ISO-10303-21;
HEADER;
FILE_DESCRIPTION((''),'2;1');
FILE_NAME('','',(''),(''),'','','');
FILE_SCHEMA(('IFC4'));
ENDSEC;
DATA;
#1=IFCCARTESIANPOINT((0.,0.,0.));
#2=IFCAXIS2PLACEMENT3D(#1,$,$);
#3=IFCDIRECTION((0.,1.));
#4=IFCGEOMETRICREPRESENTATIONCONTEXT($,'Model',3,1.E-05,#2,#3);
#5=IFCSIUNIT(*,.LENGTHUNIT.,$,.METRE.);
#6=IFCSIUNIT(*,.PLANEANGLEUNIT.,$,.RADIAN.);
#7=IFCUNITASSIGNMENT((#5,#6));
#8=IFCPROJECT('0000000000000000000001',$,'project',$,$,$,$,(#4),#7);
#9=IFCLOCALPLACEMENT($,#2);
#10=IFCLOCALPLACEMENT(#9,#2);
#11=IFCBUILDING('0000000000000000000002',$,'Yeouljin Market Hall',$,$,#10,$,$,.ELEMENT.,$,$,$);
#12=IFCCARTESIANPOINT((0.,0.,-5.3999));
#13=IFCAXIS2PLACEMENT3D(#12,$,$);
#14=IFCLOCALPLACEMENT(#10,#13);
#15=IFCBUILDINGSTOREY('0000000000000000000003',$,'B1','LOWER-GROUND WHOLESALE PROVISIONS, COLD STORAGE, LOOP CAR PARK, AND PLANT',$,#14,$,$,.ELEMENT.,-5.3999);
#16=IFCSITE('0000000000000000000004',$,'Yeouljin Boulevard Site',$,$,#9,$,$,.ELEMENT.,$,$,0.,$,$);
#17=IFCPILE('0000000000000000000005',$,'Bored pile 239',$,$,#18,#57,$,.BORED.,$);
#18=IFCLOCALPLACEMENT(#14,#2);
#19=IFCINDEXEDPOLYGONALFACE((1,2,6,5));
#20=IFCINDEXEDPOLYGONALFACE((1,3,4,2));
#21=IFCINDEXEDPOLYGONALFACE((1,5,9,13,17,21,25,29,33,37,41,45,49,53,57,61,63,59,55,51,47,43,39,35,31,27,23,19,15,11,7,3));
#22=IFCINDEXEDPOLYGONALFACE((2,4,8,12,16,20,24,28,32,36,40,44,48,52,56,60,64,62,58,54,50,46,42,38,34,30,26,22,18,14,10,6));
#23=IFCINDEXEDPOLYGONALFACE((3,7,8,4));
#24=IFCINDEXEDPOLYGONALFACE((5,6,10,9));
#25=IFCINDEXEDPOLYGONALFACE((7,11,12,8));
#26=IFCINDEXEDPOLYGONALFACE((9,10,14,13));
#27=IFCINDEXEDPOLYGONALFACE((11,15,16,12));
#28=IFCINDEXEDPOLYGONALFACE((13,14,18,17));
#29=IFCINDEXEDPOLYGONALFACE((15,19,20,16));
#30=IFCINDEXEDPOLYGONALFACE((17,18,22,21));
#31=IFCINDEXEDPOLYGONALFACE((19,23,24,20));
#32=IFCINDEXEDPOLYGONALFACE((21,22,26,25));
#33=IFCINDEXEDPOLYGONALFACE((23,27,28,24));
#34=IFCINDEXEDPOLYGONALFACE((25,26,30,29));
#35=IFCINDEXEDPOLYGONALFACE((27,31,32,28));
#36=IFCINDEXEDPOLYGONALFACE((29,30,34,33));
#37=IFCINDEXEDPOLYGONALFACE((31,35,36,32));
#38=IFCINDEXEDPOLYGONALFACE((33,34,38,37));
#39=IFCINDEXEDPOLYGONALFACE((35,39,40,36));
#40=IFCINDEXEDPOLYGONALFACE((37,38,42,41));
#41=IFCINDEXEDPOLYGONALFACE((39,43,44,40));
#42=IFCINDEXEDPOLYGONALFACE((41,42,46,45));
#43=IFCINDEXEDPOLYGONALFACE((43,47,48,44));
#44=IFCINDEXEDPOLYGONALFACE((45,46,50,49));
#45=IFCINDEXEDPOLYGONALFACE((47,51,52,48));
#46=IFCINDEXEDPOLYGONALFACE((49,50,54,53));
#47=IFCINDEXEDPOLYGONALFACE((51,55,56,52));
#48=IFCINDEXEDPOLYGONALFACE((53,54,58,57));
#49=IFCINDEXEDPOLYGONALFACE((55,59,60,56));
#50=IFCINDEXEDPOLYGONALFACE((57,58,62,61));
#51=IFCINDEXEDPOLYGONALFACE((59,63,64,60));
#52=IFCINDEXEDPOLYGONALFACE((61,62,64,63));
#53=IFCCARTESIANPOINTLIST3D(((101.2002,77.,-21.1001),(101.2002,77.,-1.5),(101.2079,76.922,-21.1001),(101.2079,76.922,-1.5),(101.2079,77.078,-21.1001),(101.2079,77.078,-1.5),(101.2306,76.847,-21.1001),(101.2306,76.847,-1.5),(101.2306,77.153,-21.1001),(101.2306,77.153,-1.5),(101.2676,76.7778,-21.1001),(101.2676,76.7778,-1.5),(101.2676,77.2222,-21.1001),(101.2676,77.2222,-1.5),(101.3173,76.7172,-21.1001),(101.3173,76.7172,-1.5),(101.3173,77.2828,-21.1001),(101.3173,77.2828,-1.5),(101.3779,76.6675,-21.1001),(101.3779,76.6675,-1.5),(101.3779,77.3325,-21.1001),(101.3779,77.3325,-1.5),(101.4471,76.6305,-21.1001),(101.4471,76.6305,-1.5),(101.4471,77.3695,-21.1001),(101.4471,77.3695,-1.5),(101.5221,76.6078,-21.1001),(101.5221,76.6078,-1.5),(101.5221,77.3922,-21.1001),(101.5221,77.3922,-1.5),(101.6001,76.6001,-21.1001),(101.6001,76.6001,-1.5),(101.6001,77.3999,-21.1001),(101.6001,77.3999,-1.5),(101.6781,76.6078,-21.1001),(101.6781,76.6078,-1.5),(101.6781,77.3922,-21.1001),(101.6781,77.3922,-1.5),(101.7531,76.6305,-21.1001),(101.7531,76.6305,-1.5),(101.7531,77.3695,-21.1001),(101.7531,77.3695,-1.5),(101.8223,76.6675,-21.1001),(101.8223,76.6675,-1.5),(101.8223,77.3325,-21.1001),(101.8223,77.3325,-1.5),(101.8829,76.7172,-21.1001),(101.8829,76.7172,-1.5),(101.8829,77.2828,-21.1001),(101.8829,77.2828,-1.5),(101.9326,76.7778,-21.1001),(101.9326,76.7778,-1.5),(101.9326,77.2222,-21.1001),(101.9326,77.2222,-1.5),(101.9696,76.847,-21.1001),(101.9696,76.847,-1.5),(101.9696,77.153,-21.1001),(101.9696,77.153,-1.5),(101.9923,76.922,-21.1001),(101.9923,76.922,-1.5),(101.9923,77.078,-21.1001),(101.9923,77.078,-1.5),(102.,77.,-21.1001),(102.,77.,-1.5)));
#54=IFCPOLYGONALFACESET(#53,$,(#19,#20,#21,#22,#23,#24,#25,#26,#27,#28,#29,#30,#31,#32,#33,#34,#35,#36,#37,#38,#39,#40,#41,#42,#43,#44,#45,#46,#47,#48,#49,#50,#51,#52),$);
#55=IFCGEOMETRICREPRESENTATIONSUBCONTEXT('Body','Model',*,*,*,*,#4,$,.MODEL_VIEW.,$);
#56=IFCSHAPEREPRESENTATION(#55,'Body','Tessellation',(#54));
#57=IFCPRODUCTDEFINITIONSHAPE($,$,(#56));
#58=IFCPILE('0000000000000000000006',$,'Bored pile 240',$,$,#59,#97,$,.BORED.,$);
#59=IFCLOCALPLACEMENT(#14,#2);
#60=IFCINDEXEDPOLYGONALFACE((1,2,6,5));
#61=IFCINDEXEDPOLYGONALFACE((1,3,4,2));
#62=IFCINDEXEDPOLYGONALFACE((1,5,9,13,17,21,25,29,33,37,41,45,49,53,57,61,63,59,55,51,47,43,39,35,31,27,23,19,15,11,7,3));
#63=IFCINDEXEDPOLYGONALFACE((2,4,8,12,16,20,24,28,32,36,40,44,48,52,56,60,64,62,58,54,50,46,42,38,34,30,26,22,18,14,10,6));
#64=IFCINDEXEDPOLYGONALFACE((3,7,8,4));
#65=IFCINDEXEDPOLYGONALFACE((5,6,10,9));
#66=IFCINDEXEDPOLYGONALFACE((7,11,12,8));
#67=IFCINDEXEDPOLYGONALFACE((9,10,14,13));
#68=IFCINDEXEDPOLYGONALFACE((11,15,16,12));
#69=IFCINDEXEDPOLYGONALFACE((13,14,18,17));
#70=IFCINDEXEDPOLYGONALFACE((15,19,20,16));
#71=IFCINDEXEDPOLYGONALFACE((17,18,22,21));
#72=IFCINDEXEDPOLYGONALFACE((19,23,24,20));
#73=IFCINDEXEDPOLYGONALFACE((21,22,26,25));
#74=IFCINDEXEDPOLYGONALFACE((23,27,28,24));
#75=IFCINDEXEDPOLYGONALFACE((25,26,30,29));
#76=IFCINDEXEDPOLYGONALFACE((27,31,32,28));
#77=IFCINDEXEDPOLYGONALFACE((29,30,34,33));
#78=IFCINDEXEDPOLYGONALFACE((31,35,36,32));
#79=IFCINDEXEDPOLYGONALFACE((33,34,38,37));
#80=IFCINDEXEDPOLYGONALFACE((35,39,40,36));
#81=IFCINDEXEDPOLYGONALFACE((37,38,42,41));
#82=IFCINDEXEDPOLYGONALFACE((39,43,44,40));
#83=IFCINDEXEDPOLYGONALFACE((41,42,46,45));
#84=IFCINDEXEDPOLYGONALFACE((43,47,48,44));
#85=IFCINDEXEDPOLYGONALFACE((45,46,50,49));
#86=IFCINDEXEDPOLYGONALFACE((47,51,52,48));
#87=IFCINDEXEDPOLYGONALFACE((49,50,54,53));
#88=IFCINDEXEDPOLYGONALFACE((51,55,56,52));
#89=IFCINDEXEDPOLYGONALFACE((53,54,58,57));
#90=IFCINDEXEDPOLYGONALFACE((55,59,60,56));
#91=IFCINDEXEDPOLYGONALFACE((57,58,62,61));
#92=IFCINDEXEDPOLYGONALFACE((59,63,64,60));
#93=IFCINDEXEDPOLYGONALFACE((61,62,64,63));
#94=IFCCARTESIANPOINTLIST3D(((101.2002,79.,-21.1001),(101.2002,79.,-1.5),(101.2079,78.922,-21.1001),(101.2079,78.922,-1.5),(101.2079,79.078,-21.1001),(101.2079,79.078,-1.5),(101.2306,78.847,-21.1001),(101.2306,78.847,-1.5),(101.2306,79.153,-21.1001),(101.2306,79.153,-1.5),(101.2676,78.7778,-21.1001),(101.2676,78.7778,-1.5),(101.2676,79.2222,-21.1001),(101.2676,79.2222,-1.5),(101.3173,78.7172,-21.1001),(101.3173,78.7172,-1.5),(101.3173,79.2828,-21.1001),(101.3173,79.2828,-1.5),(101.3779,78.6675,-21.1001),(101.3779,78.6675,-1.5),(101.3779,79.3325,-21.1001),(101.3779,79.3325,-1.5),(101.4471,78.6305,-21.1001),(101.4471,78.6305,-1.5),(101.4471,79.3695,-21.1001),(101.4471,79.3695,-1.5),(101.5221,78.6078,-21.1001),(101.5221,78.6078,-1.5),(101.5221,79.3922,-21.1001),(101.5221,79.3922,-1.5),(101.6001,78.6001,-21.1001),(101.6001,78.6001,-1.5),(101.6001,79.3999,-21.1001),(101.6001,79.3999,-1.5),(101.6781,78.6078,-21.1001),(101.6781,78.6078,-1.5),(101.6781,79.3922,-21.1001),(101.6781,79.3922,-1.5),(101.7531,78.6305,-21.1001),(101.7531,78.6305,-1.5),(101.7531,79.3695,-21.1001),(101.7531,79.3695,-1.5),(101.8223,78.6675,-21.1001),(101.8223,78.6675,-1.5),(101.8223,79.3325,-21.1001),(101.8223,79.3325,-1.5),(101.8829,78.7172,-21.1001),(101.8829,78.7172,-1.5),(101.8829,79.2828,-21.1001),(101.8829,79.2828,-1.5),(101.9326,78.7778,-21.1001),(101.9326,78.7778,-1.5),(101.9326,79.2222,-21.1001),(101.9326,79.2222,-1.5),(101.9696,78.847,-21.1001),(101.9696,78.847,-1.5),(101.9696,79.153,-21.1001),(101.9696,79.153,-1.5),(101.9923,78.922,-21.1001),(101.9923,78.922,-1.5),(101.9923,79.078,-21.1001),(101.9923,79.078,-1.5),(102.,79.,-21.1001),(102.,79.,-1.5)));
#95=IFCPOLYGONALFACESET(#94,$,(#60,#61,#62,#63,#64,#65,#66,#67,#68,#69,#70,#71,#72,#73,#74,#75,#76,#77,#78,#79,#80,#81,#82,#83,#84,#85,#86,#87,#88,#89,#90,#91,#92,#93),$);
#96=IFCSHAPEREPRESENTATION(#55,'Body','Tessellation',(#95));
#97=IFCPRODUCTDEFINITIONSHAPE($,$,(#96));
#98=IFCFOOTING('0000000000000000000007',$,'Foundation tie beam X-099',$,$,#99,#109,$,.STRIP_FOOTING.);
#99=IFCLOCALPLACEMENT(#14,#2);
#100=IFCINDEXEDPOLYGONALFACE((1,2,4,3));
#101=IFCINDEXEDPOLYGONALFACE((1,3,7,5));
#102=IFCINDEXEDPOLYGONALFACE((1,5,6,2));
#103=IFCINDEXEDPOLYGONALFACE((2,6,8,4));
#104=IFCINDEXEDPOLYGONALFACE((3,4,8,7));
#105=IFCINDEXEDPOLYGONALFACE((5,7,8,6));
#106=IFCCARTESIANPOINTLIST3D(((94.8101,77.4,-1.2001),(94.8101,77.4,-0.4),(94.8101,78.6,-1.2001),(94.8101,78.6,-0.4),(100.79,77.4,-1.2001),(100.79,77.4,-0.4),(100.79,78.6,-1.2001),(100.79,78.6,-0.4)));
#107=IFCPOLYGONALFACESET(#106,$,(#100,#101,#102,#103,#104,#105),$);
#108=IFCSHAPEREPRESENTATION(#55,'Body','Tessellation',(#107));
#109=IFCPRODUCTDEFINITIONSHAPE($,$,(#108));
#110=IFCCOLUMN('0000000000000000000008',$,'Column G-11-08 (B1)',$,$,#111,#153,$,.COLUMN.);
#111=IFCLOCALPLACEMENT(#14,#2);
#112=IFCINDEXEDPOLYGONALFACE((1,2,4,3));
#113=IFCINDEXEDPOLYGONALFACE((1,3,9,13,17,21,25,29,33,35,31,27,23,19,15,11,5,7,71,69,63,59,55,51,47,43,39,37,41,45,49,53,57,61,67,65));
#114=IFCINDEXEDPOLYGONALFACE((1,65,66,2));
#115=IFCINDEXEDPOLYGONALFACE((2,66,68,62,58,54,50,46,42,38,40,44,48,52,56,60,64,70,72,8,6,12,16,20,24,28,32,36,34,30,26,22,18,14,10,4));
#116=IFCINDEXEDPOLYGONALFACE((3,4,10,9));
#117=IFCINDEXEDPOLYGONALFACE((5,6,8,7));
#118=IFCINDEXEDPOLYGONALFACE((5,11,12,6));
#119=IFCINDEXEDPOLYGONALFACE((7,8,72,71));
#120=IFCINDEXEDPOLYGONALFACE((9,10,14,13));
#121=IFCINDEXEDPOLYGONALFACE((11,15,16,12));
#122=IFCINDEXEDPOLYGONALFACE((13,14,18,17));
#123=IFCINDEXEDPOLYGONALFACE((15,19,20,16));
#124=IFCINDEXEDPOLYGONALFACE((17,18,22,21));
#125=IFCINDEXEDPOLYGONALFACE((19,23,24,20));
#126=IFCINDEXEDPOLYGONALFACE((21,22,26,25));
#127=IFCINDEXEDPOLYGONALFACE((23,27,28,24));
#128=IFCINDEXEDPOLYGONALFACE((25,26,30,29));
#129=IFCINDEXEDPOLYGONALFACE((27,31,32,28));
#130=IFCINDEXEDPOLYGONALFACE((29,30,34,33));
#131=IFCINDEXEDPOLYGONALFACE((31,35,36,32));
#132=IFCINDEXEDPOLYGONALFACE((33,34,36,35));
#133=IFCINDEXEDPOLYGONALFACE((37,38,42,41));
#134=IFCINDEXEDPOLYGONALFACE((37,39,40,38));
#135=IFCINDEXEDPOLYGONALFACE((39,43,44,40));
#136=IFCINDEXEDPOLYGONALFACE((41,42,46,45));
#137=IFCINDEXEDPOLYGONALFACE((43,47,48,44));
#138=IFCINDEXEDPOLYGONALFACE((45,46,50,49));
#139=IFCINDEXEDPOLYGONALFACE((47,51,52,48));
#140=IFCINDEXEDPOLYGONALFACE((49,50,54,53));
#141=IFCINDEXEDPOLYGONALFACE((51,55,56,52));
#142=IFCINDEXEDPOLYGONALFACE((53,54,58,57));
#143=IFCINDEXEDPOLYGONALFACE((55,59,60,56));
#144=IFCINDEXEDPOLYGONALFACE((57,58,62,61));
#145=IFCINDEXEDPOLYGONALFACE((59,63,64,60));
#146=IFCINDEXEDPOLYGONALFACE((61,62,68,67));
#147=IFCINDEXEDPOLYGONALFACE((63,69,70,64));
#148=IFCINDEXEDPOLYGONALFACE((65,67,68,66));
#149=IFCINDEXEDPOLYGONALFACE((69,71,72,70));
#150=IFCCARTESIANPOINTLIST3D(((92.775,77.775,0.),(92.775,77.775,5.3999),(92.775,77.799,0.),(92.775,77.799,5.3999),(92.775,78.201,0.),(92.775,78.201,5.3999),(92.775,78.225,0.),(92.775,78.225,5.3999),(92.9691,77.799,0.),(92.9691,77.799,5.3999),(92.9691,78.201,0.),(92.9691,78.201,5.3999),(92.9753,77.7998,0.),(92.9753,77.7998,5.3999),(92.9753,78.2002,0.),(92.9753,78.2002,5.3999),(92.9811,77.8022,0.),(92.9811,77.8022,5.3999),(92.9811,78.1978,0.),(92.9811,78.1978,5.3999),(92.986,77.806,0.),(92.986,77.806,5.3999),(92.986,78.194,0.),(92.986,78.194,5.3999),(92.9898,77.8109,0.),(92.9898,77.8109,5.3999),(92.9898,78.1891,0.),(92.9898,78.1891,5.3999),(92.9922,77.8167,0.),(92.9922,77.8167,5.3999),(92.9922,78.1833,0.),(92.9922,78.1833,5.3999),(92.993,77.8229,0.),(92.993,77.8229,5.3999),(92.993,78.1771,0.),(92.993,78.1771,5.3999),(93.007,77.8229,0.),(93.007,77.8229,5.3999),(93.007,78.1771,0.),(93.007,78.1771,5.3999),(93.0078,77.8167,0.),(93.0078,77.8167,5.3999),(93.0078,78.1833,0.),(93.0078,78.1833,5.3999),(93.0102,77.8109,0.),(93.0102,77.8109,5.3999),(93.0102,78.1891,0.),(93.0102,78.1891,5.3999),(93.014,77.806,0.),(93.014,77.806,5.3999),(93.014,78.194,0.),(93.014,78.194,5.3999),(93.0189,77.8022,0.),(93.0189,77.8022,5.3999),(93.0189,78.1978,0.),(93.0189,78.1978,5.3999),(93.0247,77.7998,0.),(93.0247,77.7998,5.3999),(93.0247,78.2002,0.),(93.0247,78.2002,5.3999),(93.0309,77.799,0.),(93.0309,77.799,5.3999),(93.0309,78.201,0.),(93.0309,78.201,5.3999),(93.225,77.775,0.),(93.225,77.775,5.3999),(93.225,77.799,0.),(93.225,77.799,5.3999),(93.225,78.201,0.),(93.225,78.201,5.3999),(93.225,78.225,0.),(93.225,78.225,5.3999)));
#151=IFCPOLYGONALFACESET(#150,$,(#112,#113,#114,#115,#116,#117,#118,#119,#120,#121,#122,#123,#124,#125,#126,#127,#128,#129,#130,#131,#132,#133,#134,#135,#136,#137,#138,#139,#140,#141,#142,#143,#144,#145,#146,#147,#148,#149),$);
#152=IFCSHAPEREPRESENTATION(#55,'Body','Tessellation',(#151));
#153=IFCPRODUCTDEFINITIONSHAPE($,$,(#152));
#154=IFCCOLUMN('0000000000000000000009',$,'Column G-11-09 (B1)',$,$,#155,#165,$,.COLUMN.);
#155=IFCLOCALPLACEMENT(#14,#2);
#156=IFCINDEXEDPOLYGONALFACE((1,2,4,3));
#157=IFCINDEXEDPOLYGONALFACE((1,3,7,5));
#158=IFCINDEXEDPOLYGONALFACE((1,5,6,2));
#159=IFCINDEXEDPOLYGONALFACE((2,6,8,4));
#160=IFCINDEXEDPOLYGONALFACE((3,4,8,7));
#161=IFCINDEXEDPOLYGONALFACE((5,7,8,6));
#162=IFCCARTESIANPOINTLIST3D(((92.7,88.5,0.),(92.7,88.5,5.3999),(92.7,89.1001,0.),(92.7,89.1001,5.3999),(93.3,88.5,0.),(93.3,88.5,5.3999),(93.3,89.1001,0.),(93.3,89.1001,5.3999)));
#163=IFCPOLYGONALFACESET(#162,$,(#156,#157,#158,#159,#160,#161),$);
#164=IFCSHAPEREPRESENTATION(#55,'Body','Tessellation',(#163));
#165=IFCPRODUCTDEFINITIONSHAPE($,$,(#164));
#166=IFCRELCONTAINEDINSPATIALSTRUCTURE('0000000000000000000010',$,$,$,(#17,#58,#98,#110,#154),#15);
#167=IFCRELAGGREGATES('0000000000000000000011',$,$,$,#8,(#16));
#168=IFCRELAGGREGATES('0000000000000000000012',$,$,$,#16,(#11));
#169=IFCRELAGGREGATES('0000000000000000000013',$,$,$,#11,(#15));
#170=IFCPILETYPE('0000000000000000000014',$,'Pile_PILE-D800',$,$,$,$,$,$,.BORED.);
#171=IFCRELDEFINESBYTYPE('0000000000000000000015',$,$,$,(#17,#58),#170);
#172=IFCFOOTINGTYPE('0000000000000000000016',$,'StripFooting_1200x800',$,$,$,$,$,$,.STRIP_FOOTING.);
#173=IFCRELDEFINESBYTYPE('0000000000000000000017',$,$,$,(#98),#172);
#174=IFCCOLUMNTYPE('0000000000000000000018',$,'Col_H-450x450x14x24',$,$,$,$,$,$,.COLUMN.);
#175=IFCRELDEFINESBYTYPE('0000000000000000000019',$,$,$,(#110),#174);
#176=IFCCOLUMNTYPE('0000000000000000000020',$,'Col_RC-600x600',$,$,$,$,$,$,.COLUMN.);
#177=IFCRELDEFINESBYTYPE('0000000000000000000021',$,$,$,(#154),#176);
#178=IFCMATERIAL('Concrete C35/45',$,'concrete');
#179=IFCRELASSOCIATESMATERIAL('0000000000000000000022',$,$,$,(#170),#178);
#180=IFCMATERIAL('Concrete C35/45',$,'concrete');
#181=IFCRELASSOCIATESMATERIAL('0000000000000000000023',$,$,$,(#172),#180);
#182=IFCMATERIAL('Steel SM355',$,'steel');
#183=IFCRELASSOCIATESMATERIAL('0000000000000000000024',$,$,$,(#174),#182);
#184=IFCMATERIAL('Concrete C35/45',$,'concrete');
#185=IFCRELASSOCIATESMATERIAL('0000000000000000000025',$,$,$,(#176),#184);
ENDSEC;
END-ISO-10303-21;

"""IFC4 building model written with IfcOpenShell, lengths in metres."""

from ifc_helpers import new_model, si_unit, direction, frame, origin, origin_2d, place, context, subcontext, project, spatial, rectangle, circle, i_section, extrude, material, material_profile, profile_set, type_object, element, save


model = new_model("IFC4")

# Units and contexts
model_context = context("Model", 3, precision=1e-05, world=origin(), true_north=direction((0.0, 1.0)))
body_context = subcontext(model_context, "Body", "Model", "MODEL_VIEW")
ifc_project = project(units=[si_unit("LENGTHUNIT", "METRE"), si_unit("PLANEANGLEUNIT", "RADIAN")], contexts=[model_context])

# Site, building, storey
site_placement = place(None, origin())
site = spatial("IfcSite", under=ifc_project, at=site_placement, Name="Yeouljin Boulevard Site", CompositionType="ELEMENT", RefElevation=0.0)
building_placement = place(site_placement, origin())
building = spatial("IfcBuilding", under=site, at=building_placement, Name="Yeouljin Market Hall", CompositionType="ELEMENT")
storey_placement = place(building_placement, frame((0.0, 0.0, -5.3999)))
storey = spatial("IfcBuildingStorey", under=building, at=storey_placement, Name="B1", Description="LOWER-GROUND WHOLESALE PROVISIONS, COLD STORAGE, LOOP CAR PARK, AND PLANT", CompositionType="ELEMENT", Elevation=-5.3999)

# Piles
ifc_material_1 = material(Name="Concrete C35/45", Category="concrete")
ifc_material_profile_1 = material_profile(ifc_material_1, circle(Radius=0.3999, at=origin_2d()), Name="PILE-D800")
ifc_profile_set_1 = profile_set([ifc_material_profile_1], Name="Concrete C35/45")
pile_type = type_object("IfcPileType", Name="Pile_PILE-D800", PredefinedType="BORED", material=ifc_profile_set_1)
for number, where, z_axis, x_axis, name in (
    (1, (101.6001, 77.0, -1.5), (0.0, 0.0, -1.0), (1.0, 0.0, 0.0), "Bored pile 239"),
    (2, (101.6001, 79.0, -1.5), (0.0, 0.0, -1.0), (1.0, 0.0, 0.0), "Bored pile 240"),
):
    element("IfcPile", number, at=place(storey_placement, frame(where, z_axis=z_axis, x_axis=x_axis)), inside=storey, type_object=pile_type, Name=name, PredefinedType="BORED", context=body_context, shape_type="SweptSolid", body=[
        extrude(circle(Radius=0.3999, at=origin_2d()), origin(), (0.0, 0.0, 1.0), 19.6001),
    ])

# Footing
ifc_material_2 = material(Name="Concrete C35/45", Category="concrete")
ifc_material_profile_2 = material_profile(ifc_material_2, rectangle(XDim=1.2, YDim=0.8, at=origin_2d()), Name="SF-1200x800")
ifc_profile_set_2 = profile_set([ifc_material_profile_2], Name="Concrete C35/45")
footing_type_1 = type_object("IfcFootingType", Name="StripFooting_1200x800", PredefinedType="STRIP_FOOTING", material=ifc_profile_set_2)
footing_1_placement = place(storey_placement, frame((94.8101, 78.0, -0.8), z_axis=(1.0, 0.0, 0.0), x_axis=(0.0, 1.0, 0.0)))
element("IfcFooting", 3, at=footing_1_placement, inside=storey, type_object=footing_type_1, Name="Foundation tie beam X-099", PredefinedType="STRIP_FOOTING", context=body_context, shape_type="SweptSolid", body=[
    extrude(rectangle(XDim=1.2, YDim=0.8, at=origin_2d()), origin(), (0.0, 0.0, 1.0), 5.98),
])

# Columns
ifc_material_3 = material(Name="Steel SM355", Category="steel")
ifc_material_profile_3 = material_profile(ifc_material_3, i_section(OverallWidth=0.45, OverallDepth=0.45, WebThickness=0.0139, FlangeThickness=0.0239, FilletRadius=0.0239, at=origin_2d()), Name="H-450x450x14x24")
ifc_profile_set_3 = profile_set([ifc_material_profile_3], Name="Steel SM355")
column_type_1 = type_object("IfcColumnType", Name="Col_H-450x450x14x24", PredefinedType="COLUMN", material=ifc_profile_set_3)
column_1_placement = place(storey_placement, frame((93.0, 78.0, 0.0), z_axis=(0.0, 0.0, 1.0), x_axis=(1.0, 0.0, 0.0)))
element("IfcColumn", 4, at=column_1_placement, inside=storey, type_object=column_type_1, Name="Column G-11-08 (B1)", PredefinedType="COLUMN", context=body_context, shape_type="SweptSolid", body=[
    extrude(i_section(OverallWidth=0.45, OverallDepth=0.45, WebThickness=0.0139, FlangeThickness=0.0239, FilletRadius=0.0239, at=origin_2d()), origin(), (0.0, 0.0, 1.0), 5.3999),
])
ifc_material_4 = material(Name="Concrete C35/45", Category="concrete")
ifc_material_profile_4 = material_profile(ifc_material_4, rectangle(XDim=0.6001, YDim=0.6001, at=origin_2d()), Name="RC-600x600")
ifc_profile_set_4 = profile_set([ifc_material_profile_4], Name="Concrete C35/45")
column_type_2 = type_object("IfcColumnType", Name="Col_RC-600x600", PredefinedType="COLUMN", material=ifc_profile_set_4)
column_2_placement = place(storey_placement, frame((93.0, 88.8, 0.0), z_axis=(0.0, 0.0, 1.0), x_axis=(1.0, 0.0, 0.0)))
element("IfcColumn", 5, at=column_2_placement, inside=storey, type_object=column_type_2, Name="Column G-11-09 (B1)", PredefinedType="COLUMN", context=body_context, shape_type="SweptSolid", body=[
    extrude(rectangle(XDim=0.6001, YDim=0.6001, at=origin_2d()), origin(), (0.0, 0.0, 1.0), 5.3999),
])

save(model, "model.ifc")
